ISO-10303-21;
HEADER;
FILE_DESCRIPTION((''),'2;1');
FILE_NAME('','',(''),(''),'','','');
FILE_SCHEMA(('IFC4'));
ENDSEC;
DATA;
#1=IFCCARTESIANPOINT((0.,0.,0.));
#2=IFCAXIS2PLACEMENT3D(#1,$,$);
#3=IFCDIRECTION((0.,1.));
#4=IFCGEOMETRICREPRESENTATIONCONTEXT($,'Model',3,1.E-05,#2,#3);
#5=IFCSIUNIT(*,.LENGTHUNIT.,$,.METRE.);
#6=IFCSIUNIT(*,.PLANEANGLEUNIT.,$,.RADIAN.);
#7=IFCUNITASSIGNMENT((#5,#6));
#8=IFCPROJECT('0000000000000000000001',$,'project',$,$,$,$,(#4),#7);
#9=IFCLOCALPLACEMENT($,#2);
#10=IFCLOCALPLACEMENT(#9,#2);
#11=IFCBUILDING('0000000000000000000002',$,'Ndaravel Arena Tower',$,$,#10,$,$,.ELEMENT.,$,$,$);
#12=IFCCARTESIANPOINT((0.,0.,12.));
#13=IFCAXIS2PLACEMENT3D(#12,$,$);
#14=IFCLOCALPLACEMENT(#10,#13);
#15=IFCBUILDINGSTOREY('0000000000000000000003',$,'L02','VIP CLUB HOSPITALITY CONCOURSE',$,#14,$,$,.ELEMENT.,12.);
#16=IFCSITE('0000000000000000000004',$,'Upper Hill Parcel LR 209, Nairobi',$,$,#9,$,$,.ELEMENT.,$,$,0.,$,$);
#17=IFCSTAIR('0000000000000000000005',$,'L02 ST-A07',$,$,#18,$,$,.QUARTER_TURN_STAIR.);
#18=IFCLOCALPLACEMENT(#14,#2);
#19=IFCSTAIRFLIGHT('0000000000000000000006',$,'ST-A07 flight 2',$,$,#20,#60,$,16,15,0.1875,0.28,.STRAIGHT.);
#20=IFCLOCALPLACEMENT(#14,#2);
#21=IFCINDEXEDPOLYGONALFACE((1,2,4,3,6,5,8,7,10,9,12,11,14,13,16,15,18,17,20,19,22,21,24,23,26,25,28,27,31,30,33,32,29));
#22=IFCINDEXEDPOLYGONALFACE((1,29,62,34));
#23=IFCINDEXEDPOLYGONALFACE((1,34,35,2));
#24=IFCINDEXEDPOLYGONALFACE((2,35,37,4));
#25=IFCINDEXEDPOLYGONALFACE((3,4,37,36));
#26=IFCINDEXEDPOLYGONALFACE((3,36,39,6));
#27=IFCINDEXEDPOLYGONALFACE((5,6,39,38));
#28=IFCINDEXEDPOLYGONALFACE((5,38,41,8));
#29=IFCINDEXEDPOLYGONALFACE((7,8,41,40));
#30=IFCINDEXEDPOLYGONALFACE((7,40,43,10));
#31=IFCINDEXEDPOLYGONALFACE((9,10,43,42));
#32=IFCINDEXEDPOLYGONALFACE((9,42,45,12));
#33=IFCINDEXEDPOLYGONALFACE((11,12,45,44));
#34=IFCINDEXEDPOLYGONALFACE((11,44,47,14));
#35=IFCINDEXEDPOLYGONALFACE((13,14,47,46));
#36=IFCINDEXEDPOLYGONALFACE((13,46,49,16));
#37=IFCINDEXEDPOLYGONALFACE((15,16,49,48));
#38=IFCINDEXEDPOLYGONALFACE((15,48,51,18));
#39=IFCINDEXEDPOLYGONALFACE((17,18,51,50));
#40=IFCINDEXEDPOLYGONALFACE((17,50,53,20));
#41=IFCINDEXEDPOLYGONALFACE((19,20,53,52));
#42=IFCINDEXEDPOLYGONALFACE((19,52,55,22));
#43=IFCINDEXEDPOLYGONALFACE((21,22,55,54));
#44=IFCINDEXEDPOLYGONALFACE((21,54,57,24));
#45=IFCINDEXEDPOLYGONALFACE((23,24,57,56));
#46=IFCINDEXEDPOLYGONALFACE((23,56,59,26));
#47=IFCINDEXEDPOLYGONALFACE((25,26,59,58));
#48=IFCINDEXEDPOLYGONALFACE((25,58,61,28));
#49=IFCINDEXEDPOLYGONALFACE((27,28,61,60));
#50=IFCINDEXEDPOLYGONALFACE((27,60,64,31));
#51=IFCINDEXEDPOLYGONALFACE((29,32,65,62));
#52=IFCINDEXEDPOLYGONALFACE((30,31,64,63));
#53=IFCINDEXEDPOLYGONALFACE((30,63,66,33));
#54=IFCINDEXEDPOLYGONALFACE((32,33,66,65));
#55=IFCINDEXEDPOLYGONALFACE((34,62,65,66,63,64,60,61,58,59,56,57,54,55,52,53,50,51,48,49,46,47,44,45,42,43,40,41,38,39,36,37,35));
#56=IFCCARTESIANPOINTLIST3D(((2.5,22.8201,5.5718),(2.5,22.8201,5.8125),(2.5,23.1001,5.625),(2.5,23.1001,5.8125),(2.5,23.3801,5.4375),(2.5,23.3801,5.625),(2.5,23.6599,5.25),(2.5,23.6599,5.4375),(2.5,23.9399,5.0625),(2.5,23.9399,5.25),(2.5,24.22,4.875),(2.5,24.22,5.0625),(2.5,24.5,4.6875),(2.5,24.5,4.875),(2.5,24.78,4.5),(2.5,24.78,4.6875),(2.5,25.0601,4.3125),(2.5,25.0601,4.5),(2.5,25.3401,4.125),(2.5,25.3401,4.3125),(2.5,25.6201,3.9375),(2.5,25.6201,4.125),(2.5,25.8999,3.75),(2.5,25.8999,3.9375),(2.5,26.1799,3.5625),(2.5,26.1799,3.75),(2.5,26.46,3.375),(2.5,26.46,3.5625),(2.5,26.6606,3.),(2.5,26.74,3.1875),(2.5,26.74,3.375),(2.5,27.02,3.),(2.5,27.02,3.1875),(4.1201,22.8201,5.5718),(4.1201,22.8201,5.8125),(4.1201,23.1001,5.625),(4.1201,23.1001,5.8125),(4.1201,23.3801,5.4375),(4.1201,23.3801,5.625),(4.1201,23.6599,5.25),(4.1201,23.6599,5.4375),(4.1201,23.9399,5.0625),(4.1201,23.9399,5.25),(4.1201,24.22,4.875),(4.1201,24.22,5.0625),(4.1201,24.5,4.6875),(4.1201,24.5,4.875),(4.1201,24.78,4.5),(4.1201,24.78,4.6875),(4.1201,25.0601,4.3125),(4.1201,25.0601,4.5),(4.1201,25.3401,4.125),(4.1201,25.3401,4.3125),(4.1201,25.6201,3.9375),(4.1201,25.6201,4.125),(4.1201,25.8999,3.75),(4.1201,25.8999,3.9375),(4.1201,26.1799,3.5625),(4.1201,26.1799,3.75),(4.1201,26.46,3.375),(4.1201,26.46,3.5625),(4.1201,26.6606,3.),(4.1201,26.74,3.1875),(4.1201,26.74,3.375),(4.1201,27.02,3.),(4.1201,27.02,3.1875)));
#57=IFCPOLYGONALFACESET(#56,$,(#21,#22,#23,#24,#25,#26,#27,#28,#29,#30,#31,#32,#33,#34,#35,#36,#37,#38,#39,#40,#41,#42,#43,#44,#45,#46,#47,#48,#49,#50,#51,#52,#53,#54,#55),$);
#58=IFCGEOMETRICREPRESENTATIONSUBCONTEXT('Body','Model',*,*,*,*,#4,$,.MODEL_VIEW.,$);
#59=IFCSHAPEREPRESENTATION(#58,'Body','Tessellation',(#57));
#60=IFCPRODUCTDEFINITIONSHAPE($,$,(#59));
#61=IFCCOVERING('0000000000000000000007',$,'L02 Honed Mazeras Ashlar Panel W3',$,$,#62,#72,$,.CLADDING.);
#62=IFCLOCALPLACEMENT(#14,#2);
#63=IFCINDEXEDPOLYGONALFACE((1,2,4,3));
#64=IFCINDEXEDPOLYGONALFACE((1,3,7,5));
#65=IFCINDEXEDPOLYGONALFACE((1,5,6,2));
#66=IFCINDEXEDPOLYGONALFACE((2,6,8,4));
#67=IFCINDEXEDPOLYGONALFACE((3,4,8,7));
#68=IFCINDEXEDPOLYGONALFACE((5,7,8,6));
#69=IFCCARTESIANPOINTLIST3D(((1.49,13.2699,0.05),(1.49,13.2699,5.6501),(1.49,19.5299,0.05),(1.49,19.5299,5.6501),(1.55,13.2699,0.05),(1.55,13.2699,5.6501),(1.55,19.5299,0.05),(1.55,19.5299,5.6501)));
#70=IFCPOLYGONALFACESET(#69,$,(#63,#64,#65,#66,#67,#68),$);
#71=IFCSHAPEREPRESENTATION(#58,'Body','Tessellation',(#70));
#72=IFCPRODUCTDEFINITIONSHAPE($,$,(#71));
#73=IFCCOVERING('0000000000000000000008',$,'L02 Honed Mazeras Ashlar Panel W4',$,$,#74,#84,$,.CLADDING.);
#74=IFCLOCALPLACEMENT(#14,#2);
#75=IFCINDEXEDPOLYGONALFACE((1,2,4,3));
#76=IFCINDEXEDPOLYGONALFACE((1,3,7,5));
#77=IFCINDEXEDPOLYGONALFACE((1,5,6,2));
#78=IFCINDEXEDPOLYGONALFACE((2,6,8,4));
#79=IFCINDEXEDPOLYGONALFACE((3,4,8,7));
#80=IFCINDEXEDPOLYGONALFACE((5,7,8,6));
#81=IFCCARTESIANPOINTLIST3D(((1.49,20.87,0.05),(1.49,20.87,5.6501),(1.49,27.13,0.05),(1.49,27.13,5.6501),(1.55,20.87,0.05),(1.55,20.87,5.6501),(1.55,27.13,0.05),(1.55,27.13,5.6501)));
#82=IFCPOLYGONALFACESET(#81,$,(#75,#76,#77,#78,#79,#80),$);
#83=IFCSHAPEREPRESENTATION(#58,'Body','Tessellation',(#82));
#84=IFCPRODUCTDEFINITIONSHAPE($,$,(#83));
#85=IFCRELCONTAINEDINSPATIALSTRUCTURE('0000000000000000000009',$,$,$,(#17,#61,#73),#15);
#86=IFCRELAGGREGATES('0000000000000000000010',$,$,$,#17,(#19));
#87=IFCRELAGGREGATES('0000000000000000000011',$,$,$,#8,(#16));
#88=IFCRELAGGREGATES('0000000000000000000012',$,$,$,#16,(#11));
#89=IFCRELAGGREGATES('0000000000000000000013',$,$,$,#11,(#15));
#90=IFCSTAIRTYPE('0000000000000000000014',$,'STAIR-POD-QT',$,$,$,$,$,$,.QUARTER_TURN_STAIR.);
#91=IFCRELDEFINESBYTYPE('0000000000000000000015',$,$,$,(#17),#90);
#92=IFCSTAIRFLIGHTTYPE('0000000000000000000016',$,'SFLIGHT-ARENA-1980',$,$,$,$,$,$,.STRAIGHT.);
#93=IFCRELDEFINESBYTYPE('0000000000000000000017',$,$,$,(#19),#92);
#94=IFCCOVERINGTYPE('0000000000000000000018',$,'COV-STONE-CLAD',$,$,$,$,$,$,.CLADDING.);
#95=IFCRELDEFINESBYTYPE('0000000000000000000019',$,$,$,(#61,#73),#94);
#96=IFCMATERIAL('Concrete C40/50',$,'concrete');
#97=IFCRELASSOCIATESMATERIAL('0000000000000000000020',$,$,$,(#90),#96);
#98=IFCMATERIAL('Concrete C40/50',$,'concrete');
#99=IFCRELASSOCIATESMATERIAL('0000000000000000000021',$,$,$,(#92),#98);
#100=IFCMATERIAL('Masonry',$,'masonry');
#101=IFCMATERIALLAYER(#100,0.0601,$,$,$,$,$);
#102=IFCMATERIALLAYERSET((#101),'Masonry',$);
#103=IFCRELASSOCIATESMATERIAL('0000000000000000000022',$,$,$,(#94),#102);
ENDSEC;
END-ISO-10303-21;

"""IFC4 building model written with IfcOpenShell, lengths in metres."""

from ifc_helpers import new_model, si_unit, direction, frame, origin, origin_2d, place, context, subcontext, project, spatial, polyline, rectangle, outline, extrude, material, layer, layer_set, type_object, element, aggregate, save


model = new_model("IFC4")

# Units and contexts
model_context = context("Model", 3, precision=1e-05, world=origin(), true_north=direction((0.0, 1.0)))
body_context = subcontext(model_context, "Body", "Model", "MODEL_VIEW")
ifc_project = project(units=[si_unit("LENGTHUNIT", "METRE"), si_unit("PLANEANGLEUNIT", "RADIAN")], contexts=[model_context])

# Site, building, storey
site_placement = place(None, origin())
site = spatial("IfcSite", under=ifc_project, at=site_placement, Name="Upper Hill Parcel LR 209, Nairobi", CompositionType="ELEMENT", RefElevation=0.0)
building_placement = place(site_placement, origin())
building = spatial("IfcBuilding", under=site, at=building_placement, Name="Ndaravel Arena Tower", CompositionType="ELEMENT")
storey_placement = place(building_placement, frame((0.0, 0.0, 12.0)))
storey = spatial("IfcBuildingStorey", under=building, at=storey_placement, Name="L02", Description="VIP CLUB HOSPITALITY CONCOURSE", CompositionType="ELEMENT", Elevation=12.0)

# Stair, stair flight
ifc_material_1 = material(Name="Concrete C40/50", Category="concrete")
stair_type = type_object("IfcStairType", Name="STAIR-POD-QT", PredefinedType="QUARTER_TURN_STAIR", material=ifc_material_1)
stair_placement = place(storey_placement, origin())
stair = element("IfcStair", 1, at=stair_placement, inside=storey, type_object=stair_type, Name="L02 ST-A07", PredefinedType="QUARTER_TURN_STAIR")
ifc_material_2 = material(Name="Concrete C40/50", Category="concrete")
stair_flight_type = type_object("IfcStairFlightType", Name="SFLIGHT-ARENA-1980", PredefinedType="STRAIGHT", material=ifc_material_2)
stair_flight_1_placement = place(storey_placement, frame((3.3101, 27.02, 3.0), z_axis=(0.0, 0.0, 1.0), x_axis=(0.0, -1.0, 0.0)))
stair_flight_1 = element("IfcStairFlight", 2, at=stair_flight_1_placement, type_object=stair_flight_type, Name="ST-A07 flight 2", NumberOfRisers=16, NumberOfTreads=15, PredefinedType="STRAIGHT", RiserHeight=0.1875, TreadLength=0.28, context=body_context, shape_type="SweptSolid", body=[
    extrude(outline(polyline([(0.0, 0.0), (0.0, 0.1875), (0.28, 0.1875), (0.28, 0.375), (0.5601, 0.375), (0.5601, 0.5625), (0.8401, 0.5625), (0.8401, 0.75), (1.1201, 0.75), (1.1201, 0.9375), (1.3999, 0.9375), (1.3999, 1.125), (1.6799, 1.125), (1.6799, 1.3125), (1.96, 1.3125), (1.96, 1.5), (2.24, 1.5), (2.24, 1.6875), (2.52, 1.6875), (2.52, 1.875), (2.8, 1.875), (2.8, 2.0625), (3.0801, 2.0625), (3.0801, 2.25), (3.3601, 2.25), (3.3601, 2.4375), (3.6399, 2.4375), (3.6399, 2.625), (3.9199, 2.625), (3.9199, 2.8125), (4.2, 2.8125), (4.2, 3.0), (4.2, 2.5718), (0.3594, 0.0), (0.0, 0.0)])), frame((0.0, 0.8101, 0.0), z_axis=(0.0, -1.0, 0.0), x_axis=(1.0, 0.0, 0.0)), (0.0, 0.0, 1.0), 1.6201),
])
aggregate(stair, [stair_flight_1])

# Coverings
ifc_material_3 = material(Name="Masonry", Category="masonry")
ifc_layer_1 = layer(ifc_material_3, 0.0601)
ifc_layer_set_1 = layer_set([ifc_layer_1], Name="Masonry")
covering_type = type_object("IfcCoveringType", Name="COV-STONE-CLAD", PredefinedType="CLADDING", material=ifc_layer_set_1)
for number, where, z_axis, x_axis, name in (
    (3, (1.52, 16.3999, 0.05), (0.0, 0.0, 1.0), (1.0, 0.0, 0.0), "L02 Honed Mazeras Ashlar Panel W3"),
    (4, (1.52, 24.0, 0.05), (0.0, 0.0, 1.0), (1.0, 0.0, 0.0), "L02 Honed Mazeras Ashlar Panel W4"),
):
    element("IfcCovering", number, at=place(storey_placement, frame(where, z_axis=z_axis, x_axis=x_axis)), inside=storey, type_object=covering_type, Name=name, PredefinedType="CLADDING", context=body_context, shape_type="SweptSolid", body=[
        extrude(rectangle(XDim=0.0601, YDim=6.26, at=origin_2d()), origin(), (0.0, 0.0, 1.0), 5.6001),
    ])

save(model, "model.ifc")
